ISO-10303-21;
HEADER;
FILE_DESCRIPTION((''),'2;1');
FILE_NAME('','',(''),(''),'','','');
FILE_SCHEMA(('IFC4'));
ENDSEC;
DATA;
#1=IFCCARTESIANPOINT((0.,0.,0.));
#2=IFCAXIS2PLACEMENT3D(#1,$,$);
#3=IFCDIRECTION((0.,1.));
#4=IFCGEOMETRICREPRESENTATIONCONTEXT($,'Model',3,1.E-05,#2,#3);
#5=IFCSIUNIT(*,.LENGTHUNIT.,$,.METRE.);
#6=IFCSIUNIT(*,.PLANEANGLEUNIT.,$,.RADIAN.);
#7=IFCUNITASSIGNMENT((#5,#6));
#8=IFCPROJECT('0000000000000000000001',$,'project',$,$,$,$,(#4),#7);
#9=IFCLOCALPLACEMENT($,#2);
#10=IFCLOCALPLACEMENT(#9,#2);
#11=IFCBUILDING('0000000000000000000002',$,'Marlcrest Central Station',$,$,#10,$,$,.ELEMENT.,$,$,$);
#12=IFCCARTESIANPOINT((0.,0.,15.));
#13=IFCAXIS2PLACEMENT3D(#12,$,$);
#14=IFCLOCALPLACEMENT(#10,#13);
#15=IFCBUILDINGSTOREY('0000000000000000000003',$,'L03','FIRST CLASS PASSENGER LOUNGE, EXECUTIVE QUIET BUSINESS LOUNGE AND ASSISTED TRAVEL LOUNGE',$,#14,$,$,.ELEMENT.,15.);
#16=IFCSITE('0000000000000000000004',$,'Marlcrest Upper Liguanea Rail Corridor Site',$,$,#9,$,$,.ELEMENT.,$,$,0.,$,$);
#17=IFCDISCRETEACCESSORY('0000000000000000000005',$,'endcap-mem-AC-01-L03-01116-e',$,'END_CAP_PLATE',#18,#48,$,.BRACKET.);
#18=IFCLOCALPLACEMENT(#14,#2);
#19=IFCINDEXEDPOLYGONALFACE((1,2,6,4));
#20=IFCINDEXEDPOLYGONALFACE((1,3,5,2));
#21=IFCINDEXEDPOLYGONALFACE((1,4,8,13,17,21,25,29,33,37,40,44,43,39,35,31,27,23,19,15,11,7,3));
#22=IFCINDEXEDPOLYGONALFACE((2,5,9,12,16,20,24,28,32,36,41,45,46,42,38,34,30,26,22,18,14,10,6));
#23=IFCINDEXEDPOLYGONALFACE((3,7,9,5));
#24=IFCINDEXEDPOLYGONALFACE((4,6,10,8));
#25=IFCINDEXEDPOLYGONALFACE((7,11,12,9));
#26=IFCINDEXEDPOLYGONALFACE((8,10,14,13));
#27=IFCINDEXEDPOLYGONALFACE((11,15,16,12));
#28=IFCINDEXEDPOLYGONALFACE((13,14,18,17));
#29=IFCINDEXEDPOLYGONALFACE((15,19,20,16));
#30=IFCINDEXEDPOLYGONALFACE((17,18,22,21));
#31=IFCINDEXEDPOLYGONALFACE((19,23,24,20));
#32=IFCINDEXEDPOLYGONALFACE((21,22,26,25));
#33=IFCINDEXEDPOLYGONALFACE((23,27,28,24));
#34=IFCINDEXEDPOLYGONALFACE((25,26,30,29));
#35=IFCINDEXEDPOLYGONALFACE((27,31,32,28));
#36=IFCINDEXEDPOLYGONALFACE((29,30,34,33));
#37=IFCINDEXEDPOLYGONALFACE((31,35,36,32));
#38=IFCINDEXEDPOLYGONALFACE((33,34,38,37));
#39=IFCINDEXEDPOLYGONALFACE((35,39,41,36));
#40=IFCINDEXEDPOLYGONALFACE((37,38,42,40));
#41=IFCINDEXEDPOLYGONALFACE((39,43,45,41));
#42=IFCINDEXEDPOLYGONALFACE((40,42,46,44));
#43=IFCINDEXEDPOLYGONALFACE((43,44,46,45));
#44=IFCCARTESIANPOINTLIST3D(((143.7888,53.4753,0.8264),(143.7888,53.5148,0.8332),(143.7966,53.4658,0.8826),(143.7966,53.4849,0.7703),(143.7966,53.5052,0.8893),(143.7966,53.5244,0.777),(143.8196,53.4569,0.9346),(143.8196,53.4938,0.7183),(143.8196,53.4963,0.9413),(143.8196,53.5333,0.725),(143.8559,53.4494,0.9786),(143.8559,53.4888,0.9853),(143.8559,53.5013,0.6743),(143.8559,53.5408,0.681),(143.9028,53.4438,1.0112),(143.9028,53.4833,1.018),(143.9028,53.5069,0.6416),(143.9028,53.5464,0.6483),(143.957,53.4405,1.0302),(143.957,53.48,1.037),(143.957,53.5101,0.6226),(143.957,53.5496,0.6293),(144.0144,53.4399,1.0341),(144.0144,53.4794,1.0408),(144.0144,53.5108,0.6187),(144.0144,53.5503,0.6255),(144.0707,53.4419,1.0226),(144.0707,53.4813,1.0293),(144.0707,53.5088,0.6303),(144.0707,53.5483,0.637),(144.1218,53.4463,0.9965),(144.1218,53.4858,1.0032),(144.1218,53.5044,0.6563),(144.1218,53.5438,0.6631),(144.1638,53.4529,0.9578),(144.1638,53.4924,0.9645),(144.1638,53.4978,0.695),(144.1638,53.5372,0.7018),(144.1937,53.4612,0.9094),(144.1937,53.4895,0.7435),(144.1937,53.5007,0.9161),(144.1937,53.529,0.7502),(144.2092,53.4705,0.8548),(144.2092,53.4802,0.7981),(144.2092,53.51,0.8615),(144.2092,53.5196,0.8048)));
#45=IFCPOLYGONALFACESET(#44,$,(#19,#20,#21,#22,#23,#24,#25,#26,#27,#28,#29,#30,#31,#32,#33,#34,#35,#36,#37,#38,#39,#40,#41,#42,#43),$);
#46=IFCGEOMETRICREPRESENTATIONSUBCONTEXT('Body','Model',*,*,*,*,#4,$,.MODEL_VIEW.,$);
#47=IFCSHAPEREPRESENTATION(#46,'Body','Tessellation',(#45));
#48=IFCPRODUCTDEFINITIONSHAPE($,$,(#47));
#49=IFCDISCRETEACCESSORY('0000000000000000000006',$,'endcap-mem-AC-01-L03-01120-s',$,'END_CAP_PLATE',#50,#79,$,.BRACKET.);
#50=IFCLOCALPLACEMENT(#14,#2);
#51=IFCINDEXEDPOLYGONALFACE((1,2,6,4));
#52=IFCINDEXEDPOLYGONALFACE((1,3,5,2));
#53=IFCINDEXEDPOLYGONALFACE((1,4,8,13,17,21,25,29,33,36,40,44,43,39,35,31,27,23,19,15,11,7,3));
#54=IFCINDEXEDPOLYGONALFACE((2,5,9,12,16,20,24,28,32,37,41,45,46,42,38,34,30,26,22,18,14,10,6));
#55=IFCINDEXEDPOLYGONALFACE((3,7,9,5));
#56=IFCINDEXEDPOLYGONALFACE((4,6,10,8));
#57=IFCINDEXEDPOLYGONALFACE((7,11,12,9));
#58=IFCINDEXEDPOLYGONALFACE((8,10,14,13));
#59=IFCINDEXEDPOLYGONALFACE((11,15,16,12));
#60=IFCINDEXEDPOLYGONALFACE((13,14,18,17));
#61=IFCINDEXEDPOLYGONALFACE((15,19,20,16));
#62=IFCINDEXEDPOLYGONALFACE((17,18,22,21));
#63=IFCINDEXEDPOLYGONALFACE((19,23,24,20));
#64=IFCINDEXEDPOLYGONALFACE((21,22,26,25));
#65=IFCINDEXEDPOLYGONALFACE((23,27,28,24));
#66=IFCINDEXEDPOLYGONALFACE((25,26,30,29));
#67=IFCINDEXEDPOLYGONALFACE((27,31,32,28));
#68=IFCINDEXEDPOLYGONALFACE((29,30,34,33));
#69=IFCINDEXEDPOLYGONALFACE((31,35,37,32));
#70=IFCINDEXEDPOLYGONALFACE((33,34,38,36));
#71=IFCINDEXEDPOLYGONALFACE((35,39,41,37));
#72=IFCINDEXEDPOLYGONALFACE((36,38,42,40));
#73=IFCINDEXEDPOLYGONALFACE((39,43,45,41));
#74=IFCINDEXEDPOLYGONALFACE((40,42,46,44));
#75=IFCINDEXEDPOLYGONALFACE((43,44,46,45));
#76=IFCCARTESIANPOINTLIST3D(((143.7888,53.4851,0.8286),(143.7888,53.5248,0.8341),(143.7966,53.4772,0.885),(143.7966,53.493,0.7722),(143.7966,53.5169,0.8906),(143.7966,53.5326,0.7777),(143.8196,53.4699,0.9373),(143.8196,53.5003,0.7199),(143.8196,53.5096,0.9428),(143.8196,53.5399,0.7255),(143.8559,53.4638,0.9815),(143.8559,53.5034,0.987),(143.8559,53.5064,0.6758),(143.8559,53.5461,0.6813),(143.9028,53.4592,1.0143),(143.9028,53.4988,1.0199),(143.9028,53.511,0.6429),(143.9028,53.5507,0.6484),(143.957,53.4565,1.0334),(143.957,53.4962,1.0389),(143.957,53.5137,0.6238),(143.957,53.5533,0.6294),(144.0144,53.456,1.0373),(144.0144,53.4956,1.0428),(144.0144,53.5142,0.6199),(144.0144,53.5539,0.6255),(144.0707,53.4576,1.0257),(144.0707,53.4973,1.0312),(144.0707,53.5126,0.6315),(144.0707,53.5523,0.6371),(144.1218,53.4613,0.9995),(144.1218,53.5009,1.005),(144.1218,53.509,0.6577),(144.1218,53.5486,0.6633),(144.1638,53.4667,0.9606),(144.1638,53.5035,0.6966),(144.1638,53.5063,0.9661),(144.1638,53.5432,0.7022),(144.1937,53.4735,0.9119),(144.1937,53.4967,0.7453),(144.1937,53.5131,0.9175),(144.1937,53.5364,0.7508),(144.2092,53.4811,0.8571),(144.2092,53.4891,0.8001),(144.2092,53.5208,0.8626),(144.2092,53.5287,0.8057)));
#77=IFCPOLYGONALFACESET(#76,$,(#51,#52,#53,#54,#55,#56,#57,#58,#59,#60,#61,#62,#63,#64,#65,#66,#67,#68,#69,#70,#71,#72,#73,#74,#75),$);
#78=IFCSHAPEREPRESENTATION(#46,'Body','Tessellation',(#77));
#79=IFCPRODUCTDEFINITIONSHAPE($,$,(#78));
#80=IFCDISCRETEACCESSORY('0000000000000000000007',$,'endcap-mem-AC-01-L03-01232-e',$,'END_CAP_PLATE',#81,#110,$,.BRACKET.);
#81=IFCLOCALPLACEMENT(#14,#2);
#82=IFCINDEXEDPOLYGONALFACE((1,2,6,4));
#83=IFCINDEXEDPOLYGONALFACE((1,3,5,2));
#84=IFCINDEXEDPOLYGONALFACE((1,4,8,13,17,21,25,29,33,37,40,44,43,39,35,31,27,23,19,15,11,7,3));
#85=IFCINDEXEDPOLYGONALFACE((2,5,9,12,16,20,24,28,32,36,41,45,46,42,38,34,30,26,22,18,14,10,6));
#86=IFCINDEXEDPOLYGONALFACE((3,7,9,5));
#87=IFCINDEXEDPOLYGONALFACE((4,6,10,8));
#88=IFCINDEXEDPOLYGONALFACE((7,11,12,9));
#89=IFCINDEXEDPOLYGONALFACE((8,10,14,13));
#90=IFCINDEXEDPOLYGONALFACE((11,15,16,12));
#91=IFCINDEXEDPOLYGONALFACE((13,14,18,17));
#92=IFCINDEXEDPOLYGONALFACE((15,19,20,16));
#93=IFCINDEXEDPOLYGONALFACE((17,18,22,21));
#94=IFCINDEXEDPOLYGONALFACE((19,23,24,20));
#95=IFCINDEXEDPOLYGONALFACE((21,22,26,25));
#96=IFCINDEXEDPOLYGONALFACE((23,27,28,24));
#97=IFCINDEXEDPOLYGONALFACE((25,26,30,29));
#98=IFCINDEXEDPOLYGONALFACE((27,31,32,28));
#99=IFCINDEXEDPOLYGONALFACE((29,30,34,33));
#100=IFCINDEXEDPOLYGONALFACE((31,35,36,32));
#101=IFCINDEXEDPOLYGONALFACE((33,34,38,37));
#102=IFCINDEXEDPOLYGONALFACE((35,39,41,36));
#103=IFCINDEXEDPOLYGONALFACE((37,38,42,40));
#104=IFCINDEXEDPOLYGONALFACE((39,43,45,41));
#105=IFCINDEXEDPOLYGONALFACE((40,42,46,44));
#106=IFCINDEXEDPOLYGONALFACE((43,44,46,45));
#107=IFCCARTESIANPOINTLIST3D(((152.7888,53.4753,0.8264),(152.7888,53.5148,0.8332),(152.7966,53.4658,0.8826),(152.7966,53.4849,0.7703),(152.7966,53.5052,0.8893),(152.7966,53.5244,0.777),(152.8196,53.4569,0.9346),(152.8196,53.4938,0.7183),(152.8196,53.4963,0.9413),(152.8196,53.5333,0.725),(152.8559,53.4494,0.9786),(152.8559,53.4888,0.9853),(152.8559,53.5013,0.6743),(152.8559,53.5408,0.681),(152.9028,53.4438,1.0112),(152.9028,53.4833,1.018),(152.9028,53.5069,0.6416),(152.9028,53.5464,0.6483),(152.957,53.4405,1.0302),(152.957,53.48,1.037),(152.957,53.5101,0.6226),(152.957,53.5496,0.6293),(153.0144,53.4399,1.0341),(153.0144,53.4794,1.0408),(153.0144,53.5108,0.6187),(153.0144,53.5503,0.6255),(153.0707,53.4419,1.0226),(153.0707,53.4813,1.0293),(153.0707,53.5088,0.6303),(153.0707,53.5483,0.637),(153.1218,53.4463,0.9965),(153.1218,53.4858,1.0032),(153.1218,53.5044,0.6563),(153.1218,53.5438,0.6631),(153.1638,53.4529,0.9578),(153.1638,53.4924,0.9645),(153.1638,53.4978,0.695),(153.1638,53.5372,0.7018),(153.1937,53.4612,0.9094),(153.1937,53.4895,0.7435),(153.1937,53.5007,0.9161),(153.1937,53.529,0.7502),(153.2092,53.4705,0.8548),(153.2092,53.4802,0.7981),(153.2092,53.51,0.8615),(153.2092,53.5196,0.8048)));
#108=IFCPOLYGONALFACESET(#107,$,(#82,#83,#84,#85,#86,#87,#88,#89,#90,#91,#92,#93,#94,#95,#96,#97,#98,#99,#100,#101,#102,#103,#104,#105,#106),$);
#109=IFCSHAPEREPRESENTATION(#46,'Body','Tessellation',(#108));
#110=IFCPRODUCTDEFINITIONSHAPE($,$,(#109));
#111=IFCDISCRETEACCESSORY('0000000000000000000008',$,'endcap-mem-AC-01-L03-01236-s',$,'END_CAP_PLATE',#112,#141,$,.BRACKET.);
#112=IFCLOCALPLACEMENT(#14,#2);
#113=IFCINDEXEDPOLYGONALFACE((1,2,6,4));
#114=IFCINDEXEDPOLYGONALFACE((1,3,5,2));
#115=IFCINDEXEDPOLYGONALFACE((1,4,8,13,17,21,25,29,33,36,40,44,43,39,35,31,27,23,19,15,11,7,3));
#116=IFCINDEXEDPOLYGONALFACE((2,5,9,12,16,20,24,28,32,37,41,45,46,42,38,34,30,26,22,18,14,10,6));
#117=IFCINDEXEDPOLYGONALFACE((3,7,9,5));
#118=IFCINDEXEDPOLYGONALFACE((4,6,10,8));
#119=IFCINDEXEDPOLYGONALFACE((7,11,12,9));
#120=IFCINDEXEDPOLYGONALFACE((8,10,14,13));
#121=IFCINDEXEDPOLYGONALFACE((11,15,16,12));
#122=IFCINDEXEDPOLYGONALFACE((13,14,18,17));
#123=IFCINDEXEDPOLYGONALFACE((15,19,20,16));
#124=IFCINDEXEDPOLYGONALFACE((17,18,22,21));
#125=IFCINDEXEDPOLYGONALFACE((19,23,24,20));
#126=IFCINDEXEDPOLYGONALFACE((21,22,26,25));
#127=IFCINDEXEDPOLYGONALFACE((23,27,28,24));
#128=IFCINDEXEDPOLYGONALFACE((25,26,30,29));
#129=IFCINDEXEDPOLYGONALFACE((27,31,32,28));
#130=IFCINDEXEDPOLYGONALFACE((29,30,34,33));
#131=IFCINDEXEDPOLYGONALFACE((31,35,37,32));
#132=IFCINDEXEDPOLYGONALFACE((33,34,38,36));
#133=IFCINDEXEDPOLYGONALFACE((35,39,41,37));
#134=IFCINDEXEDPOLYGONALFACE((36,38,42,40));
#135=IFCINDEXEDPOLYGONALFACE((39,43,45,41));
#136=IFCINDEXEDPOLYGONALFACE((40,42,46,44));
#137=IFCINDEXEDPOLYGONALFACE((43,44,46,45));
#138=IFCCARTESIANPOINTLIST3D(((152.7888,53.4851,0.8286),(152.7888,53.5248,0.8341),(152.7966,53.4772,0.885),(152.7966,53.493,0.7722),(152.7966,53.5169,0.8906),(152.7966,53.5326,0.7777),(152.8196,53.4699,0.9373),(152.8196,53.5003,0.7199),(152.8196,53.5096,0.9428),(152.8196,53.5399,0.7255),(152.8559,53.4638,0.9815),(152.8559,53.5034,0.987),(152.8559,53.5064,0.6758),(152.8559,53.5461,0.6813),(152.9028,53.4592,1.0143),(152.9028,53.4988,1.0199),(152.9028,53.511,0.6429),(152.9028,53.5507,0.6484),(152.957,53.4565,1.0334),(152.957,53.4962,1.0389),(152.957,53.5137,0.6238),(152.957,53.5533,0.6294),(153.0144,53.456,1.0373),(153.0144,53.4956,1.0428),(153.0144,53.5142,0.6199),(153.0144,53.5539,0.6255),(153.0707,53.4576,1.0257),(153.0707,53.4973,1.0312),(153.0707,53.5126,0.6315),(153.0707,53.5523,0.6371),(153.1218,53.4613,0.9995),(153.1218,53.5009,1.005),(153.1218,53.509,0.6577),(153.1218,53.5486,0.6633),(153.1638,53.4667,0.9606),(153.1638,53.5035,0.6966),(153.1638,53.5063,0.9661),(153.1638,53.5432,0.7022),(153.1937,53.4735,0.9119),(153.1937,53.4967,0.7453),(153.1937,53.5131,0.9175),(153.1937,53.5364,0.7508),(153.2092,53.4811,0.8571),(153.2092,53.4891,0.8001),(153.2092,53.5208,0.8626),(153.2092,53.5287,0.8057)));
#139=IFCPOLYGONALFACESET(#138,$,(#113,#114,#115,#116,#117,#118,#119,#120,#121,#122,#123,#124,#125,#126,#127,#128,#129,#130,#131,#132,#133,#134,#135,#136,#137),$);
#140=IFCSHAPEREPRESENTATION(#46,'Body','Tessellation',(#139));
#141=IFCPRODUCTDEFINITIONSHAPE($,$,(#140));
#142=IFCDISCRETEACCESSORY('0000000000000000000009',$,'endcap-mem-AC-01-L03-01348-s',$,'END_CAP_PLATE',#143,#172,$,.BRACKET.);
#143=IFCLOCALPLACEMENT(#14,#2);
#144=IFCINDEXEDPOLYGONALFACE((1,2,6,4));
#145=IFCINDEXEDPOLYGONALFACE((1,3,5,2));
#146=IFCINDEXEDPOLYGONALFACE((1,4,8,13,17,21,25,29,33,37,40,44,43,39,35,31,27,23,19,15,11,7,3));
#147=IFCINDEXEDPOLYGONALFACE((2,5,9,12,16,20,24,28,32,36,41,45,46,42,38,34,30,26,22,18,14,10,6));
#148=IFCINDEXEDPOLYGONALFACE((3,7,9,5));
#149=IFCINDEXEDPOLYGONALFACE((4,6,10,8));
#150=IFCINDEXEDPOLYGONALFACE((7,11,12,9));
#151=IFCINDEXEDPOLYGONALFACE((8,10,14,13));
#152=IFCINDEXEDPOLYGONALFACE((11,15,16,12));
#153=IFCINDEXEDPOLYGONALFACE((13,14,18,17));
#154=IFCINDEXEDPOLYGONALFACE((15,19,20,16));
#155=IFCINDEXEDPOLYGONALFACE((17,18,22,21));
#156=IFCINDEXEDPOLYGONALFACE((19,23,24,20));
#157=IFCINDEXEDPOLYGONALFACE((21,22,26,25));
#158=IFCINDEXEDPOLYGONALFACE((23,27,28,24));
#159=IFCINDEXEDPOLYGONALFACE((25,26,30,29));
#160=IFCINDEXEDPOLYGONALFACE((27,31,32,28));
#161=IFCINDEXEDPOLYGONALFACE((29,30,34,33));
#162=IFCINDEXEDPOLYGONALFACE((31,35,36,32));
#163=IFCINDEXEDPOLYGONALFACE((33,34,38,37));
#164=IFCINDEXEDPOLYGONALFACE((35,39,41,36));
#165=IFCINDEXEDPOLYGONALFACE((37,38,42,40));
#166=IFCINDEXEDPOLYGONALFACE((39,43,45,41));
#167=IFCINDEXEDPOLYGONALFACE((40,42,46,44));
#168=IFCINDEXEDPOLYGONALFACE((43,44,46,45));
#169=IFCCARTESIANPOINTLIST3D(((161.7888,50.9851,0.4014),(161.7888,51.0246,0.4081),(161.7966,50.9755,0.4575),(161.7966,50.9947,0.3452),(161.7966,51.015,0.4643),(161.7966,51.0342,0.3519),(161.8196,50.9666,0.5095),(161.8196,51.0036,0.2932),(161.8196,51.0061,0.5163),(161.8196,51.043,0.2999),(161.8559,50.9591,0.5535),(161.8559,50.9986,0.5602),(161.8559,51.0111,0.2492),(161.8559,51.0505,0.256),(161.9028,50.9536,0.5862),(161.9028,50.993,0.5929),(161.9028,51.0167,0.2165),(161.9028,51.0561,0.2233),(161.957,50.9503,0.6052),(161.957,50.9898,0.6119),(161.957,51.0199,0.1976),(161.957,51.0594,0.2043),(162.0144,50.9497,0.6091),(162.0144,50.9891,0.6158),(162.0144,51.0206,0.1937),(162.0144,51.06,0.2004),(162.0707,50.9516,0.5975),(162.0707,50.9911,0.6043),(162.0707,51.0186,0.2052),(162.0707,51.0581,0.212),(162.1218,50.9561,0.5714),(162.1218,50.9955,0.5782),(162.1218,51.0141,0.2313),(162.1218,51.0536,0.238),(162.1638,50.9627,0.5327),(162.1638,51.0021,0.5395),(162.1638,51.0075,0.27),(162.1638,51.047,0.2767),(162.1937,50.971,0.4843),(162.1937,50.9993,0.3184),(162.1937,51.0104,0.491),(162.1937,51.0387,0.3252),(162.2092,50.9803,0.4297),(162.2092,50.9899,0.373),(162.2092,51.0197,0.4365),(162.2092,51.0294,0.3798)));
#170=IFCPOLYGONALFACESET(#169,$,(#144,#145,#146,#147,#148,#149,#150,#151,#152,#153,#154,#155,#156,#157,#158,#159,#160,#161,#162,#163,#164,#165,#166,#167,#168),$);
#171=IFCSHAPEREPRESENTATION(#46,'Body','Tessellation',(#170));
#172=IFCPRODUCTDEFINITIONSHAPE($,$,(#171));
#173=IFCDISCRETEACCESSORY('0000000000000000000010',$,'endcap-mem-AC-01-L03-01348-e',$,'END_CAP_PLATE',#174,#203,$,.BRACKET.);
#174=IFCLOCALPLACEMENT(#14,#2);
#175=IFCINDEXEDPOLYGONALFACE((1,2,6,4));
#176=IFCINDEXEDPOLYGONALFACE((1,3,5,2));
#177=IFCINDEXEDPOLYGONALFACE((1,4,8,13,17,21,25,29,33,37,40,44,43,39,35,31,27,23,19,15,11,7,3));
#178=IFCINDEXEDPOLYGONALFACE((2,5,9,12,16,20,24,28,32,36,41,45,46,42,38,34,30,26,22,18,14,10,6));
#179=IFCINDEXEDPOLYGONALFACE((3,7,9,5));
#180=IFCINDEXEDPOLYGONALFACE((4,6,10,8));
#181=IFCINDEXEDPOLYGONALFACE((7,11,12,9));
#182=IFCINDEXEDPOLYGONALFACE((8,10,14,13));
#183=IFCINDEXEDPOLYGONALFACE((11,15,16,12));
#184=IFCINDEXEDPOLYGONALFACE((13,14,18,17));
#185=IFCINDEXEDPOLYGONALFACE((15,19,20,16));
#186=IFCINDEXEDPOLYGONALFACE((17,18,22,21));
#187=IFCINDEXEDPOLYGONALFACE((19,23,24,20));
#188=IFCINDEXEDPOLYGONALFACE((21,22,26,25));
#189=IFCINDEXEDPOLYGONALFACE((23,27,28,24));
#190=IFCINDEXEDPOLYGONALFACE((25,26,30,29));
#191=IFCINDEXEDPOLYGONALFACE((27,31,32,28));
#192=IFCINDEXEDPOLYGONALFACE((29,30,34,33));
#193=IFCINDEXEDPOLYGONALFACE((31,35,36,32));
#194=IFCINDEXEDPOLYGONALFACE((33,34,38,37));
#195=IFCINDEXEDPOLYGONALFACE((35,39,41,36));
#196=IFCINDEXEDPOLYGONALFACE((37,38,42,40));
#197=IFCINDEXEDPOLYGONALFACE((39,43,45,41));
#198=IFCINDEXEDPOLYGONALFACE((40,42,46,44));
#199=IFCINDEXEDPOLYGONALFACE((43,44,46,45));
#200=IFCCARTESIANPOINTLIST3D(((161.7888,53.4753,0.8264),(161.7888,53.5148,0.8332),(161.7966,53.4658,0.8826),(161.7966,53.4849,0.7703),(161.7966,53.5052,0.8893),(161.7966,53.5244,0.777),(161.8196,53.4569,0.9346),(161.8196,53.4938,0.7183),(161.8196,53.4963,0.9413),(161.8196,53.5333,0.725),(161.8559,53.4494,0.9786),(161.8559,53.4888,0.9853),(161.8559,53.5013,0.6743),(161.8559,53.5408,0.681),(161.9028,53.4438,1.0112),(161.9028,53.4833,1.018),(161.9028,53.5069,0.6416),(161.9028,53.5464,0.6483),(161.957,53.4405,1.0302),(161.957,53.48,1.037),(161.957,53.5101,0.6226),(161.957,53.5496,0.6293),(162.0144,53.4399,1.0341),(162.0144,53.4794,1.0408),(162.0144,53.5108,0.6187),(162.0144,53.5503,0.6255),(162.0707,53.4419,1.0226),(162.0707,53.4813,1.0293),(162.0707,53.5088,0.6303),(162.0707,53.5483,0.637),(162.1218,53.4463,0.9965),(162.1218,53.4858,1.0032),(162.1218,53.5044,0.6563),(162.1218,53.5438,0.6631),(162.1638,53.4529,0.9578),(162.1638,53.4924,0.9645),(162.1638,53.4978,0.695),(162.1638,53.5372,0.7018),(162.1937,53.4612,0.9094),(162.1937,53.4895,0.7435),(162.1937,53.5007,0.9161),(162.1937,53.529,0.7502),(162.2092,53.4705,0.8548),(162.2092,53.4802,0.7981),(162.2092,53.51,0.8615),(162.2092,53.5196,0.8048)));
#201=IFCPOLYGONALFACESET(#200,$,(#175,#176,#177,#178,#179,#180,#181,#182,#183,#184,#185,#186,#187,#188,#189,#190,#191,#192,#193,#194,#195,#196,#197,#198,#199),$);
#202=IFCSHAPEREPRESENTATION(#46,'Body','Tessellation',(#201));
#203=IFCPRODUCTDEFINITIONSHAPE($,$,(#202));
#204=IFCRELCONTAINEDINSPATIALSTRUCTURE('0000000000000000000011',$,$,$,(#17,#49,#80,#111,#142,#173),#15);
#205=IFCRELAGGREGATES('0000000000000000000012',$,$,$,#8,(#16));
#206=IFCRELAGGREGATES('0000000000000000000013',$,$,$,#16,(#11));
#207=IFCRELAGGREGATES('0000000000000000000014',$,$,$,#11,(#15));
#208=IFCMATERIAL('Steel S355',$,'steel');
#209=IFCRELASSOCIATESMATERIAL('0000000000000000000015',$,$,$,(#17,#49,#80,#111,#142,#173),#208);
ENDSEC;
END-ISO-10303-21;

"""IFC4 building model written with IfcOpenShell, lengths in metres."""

from ifc_helpers import new_model, si_unit, direction, frame, origin, origin_2d, place, context, subcontext, project, spatial, circle, extrude, material, element, save


model = new_model("IFC4")

# Units and contexts
model_context = context("Model", 3, precision=1e-05, world=origin(), true_north=direction((0.0, 1.0)))
body_context = subcontext(model_context, "Body", "Model", "MODEL_VIEW")
ifc_project = project(units=[si_unit("LENGTHUNIT", "METRE"), si_unit("PLANEANGLEUNIT", "RADIAN")], contexts=[model_context])

# Site, building, storey
site_placement = place(None, origin())
site = spatial("IfcSite", under=ifc_project, at=site_placement, Name="Marlcrest Upper Liguanea Rail Corridor Site", CompositionType="ELEMENT", RefElevation=0.0)
building_placement = place(site_placement, origin())
building = spatial("IfcBuilding", under=site, at=building_placement, Name="Marlcrest Central Station", CompositionType="ELEMENT")
storey_placement = place(building_placement, frame((0.0, 0.0, 15.0)))
storey = spatial("IfcBuildingStorey", under=building, at=storey_placement, Name="L03", Description="FIRST CLASS PASSENGER LOUNGE, EXECUTIVE QUIET BUSINESS LOUNGE AND ASSISTED TRAVEL LOUNGE", CompositionType="ELEMENT", Elevation=15.0)

# Shared definitions
ifc_material_1 = material(Name="Steel S355", Category="steel")

# Discrete accessories
for number, where, z_axis, x_axis, name in (
    (1, (144.0, 53.4753, 0.8264), (0.0, 0.985741, 0.168269), (-1.0, 0.0, 0.0), "endcap-mem-AC-01-L03-01116-e"),
    (2, (144.0, 53.4851, 0.8286), (0.0, 0.990403, 0.138211), (-1.0, 0.0, 0.0), "endcap-mem-AC-01-L03-01120-s"),
    (3, (153.0, 53.4753, 0.8264), (0.0, 0.985741, 0.168269), (-1.0, 0.0, 0.0), "endcap-mem-AC-01-L03-01232-e"),
    (4, (153.0, 53.4851, 0.8286), (0.0, 0.990403, 0.138211), (-1.0, 0.0, 0.0), "endcap-mem-AC-01-L03-01236-s"),
    (5, (162.0, 50.9851, 0.4014), (0.0, 0.985741, 0.168269), (-1.0, 0.0, 0.0), "endcap-mem-AC-01-L03-01348-s"),
    (6, (162.0, 53.4753, 0.8264), (0.0, 0.985741, 0.168269), (-1.0, 0.0, 0.0), "endcap-mem-AC-01-L03-01348-e"),
):
    element("IfcDiscreteAccessory", number, at=place(storey_placement, frame(where, z_axis=z_axis, x_axis=x_axis)), inside=storey, material=ifc_material_1, Name=name, ObjectType="END_CAP_PLATE", PredefinedType="BRACKET", context=body_context, shape_type="SweptSolid", body=[
        extrude(circle(Radius=0.2112, at=origin_2d()), origin(), (0.0, 0.0, 1.0), 0.04),
    ])

save(model, "model.ifc")
